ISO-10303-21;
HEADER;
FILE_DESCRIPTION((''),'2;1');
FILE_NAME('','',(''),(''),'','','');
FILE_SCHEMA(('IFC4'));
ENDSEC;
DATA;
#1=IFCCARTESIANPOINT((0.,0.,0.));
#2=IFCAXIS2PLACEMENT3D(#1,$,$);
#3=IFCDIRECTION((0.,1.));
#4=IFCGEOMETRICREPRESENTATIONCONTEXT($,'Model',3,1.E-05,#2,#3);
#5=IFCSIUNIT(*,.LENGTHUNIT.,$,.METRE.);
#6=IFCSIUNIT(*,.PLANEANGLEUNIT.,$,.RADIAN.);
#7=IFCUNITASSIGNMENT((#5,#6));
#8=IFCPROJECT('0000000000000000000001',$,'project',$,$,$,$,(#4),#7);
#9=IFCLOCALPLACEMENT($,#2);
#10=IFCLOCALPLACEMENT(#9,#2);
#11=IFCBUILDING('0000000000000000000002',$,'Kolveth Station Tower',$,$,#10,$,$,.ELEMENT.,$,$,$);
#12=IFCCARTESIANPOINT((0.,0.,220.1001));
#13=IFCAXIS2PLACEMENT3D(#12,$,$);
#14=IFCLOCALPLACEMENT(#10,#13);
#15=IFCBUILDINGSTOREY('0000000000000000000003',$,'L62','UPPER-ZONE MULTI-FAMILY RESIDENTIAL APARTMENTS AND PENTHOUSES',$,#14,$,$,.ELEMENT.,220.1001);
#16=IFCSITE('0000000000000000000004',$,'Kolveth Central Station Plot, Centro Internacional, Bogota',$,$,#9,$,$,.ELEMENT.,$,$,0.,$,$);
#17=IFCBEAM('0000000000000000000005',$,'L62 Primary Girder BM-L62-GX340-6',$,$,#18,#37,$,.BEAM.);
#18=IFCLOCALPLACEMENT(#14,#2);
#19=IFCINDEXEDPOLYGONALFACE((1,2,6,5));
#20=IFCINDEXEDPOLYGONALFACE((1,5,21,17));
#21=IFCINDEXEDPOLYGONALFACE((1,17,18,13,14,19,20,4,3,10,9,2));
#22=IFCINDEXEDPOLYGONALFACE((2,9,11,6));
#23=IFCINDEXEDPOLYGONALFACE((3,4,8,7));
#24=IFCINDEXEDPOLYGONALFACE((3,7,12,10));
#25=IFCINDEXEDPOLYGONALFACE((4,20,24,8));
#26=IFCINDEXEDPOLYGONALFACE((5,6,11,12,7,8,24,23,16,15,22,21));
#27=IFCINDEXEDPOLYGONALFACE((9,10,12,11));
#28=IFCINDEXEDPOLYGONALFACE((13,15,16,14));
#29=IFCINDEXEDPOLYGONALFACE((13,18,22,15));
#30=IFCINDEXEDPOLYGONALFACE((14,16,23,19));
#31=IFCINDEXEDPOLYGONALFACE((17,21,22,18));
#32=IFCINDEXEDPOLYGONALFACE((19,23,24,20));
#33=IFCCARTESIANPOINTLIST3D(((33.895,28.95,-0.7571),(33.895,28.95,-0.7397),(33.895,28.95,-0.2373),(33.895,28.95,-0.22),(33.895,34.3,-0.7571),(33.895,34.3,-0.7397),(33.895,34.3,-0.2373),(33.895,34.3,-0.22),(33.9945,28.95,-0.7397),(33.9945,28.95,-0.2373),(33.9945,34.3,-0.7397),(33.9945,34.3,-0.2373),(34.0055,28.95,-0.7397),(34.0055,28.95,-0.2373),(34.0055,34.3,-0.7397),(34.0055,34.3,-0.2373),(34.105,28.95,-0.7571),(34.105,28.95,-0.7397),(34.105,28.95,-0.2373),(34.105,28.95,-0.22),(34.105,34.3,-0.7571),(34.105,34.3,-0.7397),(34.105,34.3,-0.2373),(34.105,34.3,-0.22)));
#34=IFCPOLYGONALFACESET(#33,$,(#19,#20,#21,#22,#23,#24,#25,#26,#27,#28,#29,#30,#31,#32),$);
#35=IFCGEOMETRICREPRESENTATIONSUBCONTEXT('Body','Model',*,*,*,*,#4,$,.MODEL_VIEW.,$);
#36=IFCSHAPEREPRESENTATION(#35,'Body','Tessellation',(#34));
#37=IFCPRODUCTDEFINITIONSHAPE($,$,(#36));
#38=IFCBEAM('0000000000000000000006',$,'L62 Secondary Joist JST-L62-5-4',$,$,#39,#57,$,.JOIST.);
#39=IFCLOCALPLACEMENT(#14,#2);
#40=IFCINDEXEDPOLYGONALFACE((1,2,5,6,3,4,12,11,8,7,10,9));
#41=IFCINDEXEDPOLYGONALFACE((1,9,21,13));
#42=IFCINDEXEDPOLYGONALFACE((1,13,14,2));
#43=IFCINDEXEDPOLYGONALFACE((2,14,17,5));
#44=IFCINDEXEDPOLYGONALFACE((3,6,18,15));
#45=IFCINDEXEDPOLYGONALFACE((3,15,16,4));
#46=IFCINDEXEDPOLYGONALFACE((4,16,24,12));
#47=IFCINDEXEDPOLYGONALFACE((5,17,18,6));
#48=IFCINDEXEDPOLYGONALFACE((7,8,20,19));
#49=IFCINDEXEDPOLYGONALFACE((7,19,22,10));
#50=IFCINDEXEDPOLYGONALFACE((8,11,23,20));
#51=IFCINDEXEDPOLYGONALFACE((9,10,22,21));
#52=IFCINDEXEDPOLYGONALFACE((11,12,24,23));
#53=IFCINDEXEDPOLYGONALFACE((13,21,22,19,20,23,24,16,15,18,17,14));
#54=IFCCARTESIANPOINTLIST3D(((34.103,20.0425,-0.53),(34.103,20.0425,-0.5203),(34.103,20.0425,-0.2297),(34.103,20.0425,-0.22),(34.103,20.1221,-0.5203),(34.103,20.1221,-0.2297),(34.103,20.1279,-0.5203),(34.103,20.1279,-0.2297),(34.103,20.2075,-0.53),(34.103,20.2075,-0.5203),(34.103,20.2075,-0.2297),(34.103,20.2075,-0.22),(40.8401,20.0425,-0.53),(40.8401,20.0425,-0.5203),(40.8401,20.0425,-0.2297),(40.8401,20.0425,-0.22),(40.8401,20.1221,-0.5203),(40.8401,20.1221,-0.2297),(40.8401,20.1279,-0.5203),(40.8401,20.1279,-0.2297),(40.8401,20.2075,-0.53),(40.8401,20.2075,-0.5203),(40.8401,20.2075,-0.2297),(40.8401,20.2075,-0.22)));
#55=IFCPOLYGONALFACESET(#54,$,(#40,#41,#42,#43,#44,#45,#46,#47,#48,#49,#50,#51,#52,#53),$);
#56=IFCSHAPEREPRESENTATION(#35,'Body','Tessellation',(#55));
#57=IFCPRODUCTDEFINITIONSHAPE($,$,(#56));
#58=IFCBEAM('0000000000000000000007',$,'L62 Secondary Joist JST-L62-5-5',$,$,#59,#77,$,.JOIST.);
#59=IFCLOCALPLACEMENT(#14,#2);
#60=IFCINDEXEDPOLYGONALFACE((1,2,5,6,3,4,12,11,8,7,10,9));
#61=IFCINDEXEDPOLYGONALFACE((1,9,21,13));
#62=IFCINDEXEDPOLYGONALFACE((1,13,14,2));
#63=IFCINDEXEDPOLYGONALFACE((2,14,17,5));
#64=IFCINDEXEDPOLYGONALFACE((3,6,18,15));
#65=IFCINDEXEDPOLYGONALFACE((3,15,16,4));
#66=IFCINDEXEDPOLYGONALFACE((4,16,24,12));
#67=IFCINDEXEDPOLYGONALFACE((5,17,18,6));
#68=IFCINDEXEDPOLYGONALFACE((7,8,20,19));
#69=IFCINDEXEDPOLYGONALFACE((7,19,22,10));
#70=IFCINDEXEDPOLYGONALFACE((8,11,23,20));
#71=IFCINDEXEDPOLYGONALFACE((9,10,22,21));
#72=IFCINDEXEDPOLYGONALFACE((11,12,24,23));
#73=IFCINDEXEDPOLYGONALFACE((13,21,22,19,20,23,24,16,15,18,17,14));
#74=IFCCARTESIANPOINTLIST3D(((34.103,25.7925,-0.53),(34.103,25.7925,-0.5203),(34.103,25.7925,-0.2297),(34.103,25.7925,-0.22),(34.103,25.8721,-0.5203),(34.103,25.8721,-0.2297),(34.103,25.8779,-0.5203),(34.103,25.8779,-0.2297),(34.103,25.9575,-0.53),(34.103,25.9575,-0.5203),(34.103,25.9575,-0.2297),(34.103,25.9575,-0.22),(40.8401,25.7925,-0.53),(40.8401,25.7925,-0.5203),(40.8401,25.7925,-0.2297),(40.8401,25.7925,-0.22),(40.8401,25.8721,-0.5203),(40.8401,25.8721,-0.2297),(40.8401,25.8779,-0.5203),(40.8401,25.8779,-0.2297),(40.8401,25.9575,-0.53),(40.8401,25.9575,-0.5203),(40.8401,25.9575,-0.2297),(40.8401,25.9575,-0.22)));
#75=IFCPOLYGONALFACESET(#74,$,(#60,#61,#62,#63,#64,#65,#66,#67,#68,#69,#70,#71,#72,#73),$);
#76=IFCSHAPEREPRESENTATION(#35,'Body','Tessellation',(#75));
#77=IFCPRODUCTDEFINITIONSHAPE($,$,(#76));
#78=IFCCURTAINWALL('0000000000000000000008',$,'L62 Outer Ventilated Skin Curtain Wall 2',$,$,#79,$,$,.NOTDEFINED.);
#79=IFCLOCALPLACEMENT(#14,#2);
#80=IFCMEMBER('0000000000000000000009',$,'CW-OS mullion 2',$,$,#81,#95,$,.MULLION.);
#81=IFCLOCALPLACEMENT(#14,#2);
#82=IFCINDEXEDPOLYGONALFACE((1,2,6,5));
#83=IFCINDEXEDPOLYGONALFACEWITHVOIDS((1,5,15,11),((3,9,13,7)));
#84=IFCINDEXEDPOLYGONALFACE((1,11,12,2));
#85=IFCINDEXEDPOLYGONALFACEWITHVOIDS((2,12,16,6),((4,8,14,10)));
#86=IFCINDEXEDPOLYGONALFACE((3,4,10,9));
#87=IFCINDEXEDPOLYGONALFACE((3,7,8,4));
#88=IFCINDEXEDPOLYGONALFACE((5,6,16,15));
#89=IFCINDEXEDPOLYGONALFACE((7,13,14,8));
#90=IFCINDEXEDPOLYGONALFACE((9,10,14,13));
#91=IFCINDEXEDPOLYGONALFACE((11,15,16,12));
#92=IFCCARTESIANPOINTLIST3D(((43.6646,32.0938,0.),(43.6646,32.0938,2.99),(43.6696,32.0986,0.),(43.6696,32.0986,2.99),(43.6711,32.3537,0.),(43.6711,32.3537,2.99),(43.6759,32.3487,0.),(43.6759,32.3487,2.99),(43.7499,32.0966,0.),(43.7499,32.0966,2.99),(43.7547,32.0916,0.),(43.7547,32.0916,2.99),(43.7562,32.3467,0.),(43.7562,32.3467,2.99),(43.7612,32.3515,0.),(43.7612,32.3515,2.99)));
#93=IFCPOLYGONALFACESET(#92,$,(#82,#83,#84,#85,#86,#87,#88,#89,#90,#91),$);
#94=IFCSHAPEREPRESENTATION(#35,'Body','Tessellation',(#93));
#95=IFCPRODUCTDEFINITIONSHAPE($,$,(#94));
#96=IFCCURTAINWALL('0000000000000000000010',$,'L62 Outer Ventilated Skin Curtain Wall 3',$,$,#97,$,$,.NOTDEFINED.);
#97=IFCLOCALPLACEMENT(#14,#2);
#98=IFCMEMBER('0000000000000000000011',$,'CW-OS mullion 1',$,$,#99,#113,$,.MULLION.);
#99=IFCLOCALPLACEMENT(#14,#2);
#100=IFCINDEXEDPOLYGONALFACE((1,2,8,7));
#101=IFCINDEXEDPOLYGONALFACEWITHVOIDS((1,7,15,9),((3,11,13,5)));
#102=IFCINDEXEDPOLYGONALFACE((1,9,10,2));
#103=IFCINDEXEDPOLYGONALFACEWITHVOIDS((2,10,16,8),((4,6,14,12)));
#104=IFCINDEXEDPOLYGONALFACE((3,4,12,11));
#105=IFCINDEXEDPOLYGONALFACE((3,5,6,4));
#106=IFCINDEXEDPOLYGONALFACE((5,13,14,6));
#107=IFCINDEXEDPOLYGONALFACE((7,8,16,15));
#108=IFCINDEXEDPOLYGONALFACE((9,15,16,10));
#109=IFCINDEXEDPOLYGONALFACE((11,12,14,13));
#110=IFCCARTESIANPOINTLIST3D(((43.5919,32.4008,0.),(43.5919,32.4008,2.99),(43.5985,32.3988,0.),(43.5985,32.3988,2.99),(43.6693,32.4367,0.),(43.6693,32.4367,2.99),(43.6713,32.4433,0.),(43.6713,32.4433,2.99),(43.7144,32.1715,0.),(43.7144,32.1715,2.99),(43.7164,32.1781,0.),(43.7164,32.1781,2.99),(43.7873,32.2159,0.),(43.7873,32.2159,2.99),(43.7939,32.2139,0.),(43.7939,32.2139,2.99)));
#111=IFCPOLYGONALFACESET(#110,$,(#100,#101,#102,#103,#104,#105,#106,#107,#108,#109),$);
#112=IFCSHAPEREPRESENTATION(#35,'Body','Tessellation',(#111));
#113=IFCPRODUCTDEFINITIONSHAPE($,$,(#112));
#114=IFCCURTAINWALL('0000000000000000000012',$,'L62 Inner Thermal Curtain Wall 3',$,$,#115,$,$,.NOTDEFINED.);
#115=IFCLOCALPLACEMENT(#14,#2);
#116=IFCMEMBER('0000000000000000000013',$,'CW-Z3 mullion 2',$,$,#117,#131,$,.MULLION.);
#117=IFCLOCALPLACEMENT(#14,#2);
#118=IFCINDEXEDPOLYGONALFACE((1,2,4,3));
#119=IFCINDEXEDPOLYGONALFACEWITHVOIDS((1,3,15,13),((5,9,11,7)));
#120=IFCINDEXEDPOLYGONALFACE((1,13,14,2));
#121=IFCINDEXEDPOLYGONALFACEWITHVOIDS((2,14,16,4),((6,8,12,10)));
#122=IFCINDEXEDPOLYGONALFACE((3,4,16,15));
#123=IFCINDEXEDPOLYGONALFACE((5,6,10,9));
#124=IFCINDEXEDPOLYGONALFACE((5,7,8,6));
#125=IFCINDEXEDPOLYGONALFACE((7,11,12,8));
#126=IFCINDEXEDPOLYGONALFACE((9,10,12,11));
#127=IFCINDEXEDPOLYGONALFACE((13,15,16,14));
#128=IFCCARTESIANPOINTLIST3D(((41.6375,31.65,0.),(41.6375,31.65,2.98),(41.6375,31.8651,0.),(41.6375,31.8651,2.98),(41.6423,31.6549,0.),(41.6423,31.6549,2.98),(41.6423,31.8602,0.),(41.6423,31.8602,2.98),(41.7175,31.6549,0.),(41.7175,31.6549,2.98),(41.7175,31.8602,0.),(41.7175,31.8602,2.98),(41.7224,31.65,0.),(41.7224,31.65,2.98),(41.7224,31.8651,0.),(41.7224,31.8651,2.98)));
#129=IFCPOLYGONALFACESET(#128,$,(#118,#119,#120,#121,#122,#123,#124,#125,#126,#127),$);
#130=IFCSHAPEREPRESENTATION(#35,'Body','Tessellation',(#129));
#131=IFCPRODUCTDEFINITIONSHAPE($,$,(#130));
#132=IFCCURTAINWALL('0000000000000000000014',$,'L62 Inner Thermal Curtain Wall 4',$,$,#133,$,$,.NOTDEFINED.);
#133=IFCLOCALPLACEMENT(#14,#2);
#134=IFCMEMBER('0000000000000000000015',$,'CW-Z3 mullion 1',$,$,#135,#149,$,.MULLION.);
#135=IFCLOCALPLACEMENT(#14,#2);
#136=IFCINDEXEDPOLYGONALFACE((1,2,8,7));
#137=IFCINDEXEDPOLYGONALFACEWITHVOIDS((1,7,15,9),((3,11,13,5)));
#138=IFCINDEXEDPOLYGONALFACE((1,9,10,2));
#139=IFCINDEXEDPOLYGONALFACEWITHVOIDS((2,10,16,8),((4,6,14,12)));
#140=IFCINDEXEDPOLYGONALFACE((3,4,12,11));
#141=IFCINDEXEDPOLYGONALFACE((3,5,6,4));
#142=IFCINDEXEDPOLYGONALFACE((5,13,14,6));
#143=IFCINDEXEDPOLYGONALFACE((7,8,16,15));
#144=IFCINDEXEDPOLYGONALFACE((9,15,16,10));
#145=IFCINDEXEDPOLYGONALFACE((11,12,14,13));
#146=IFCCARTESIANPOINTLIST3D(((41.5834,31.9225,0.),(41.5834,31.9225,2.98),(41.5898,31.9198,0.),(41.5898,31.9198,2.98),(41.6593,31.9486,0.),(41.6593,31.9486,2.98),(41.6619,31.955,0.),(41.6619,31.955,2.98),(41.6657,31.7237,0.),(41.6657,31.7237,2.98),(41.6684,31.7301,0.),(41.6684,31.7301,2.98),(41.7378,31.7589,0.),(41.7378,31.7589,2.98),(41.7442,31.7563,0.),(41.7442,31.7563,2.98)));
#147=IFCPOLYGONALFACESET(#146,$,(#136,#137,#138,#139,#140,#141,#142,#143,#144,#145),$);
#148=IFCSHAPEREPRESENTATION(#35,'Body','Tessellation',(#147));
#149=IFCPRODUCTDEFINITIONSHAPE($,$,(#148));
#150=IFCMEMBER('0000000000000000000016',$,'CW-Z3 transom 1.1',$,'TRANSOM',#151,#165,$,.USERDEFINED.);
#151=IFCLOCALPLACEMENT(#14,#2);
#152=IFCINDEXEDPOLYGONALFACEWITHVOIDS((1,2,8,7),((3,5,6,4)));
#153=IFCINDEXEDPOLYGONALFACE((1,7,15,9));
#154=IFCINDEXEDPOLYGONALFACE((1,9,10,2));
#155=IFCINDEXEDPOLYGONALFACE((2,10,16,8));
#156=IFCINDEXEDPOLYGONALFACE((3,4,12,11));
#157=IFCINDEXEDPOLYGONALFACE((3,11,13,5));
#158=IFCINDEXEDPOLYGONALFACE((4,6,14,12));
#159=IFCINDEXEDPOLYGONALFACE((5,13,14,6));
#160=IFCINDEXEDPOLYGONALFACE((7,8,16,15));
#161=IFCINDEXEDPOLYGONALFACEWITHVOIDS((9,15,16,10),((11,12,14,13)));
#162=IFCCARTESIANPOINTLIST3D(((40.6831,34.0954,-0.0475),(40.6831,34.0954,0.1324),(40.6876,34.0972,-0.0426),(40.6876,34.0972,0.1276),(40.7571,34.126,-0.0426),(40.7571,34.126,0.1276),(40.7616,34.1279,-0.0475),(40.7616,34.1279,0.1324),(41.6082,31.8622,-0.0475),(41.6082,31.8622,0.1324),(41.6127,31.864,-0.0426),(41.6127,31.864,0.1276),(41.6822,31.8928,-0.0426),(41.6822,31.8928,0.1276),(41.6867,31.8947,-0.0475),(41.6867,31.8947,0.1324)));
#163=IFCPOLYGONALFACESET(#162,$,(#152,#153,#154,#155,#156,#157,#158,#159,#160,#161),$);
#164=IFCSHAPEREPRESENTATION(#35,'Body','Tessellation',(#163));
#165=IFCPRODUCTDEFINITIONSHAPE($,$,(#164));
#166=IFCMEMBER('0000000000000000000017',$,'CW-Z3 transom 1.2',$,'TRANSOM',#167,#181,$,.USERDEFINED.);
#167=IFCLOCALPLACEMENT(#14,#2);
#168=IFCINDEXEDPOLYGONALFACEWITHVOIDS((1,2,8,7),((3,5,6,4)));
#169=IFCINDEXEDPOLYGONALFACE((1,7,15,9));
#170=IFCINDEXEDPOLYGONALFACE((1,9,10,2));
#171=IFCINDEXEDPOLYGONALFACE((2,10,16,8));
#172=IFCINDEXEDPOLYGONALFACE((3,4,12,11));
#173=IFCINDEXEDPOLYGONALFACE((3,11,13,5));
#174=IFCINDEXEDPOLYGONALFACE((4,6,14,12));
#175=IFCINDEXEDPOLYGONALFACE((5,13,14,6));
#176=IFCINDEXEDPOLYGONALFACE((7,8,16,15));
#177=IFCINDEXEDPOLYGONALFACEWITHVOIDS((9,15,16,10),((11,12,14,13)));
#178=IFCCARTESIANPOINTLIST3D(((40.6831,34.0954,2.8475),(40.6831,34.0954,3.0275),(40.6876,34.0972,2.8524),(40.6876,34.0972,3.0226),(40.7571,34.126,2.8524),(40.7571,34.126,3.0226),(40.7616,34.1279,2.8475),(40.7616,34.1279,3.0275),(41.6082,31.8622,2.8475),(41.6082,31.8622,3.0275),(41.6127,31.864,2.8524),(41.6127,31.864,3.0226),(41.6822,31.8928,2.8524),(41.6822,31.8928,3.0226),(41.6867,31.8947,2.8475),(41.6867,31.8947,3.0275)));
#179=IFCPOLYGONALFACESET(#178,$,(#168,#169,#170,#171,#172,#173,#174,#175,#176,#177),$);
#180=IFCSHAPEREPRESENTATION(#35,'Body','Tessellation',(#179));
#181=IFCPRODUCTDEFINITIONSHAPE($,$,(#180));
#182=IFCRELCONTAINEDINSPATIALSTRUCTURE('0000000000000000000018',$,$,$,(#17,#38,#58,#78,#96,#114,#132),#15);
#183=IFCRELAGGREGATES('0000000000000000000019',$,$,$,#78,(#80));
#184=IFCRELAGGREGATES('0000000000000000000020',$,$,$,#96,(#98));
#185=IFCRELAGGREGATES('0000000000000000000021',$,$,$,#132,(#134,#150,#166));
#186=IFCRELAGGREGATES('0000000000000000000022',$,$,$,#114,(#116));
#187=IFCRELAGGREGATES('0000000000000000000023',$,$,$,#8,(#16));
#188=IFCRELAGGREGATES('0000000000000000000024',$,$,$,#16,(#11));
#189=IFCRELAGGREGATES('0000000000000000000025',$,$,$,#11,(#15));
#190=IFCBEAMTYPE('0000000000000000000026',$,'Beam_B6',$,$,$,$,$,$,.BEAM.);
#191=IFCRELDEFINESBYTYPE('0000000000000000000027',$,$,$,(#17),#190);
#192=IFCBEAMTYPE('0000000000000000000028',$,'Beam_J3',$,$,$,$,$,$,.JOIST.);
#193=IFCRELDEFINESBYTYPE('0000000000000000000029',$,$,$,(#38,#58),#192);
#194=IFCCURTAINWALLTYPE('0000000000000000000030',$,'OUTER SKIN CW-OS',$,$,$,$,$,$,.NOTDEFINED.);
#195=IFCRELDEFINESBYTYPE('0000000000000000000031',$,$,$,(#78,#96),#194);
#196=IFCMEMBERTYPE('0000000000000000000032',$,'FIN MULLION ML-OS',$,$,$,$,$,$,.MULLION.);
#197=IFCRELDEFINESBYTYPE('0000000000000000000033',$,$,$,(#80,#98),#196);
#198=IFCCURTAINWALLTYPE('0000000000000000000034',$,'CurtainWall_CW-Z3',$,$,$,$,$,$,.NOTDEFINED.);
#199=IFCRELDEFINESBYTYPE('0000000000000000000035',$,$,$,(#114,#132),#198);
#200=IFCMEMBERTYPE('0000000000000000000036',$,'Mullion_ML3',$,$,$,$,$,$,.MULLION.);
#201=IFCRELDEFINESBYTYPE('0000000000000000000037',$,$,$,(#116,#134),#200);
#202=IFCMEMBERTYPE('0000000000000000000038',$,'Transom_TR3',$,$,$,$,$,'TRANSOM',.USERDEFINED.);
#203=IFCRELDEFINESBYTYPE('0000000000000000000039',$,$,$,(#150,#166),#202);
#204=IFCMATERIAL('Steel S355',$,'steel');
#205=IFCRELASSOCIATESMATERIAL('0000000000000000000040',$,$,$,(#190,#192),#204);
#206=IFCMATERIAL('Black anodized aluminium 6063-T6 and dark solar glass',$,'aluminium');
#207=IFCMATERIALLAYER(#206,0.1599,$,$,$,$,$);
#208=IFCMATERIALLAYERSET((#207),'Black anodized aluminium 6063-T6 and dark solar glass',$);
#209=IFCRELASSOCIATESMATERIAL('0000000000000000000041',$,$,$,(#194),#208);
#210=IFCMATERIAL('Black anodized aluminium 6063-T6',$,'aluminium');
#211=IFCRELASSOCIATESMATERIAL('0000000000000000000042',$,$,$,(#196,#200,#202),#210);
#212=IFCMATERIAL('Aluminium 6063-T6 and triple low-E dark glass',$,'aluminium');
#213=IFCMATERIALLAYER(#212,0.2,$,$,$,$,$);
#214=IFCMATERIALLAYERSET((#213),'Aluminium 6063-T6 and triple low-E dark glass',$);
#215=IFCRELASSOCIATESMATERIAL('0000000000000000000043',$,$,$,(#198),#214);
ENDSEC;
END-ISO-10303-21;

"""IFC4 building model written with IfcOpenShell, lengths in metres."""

from ifc_helpers import new_model, si_unit, direction, frame, origin, origin_2d, place, context, subcontext, project, spatial, hollow_rectangle, i_section, extrude, source, transform, mapped, material, layer, layer_set, material_profile, profile_set, type_object, element, aggregate, save


model = new_model("IFC4")

# Units and contexts
model_context = context("Model", 3, precision=1e-05, world=origin(), true_north=direction((0.0, 1.0)))
body_context = subcontext(model_context, "Body", "Model", "MODEL_VIEW")
ifc_project = project(units=[si_unit("LENGTHUNIT", "METRE"), si_unit("PLANEANGLEUNIT", "RADIAN")], contexts=[model_context])

# Site, building, storey
site_placement = place(None, origin())
site = spatial("IfcSite", under=ifc_project, at=site_placement, Name="Kolveth Central Station Plot, Centro Internacional, Bogota", CompositionType="ELEMENT", RefElevation=0.0)
building_placement = place(site_placement, origin())
building = spatial("IfcBuilding", under=site, at=building_placement, Name="Kolveth Station Tower", CompositionType="ELEMENT")
storey_placement = place(building_placement, frame((0.0, 0.0, 220.1001)))
storey = spatial("IfcBuildingStorey", under=building, at=storey_placement, Name="L62", Description="UPPER-ZONE MULTI-FAMILY RESIDENTIAL APARTMENTS AND PENTHOUSES", CompositionType="ELEMENT", Elevation=220.1001)

# Shared definitions
ifc_material_1 = material(Name="Steel S355", Category="steel")

# Beams
ifc_material_profile_1 = material_profile(ifc_material_1, i_section(OverallWidth=0.21, OverallDepth=0.5371, WebThickness=0.011, FlangeThickness=0.0173, at=origin_2d()), Name="W530x101")
ifc_profile_set_1 = profile_set([ifc_material_profile_1], Name="Steel S355")
beam_type_1 = type_object("IfcBeamType", Name="Beam_B6", PredefinedType="BEAM", material=ifc_profile_set_1)
shared_shape_1 = source(origin(), body_context, "Body", "SweptSolid", [
    extrude(i_section(OverallWidth=0.21, OverallDepth=0.5371, WebThickness=0.011, FlangeThickness=0.0173, at=origin_2d()), origin(), (0.0, 0.0, 1.0), 5.3501),
])
beam_1_placement = place(storey_placement, frame((34.0, 28.95, -0.4885), z_axis=(0.0, 1.0, 0.0), x_axis=(-1.0, 0.0, 0.0)))
element("IfcBeam", 1, at=beam_1_placement, inside=storey, type_object=beam_type_1, Name="L62 Primary Girder BM-L62-GX340-6", PredefinedType="BEAM", context=body_context, shape_type="MappedRepresentation", body=[
    mapped(shared_shape_1, transform((0.0, 0.0, 0.0), x_axis=(1.0, 0.0, 0.0), y_axis=(0.0, 1.0, 0.0), z_axis=(0.0, 0.0, 1.0), scale=1.0)),
])
ifc_material_profile_2 = material_profile(ifc_material_1, i_section(OverallWidth=0.165, OverallDepth=0.3101, WebThickness=0.0059, FlangeThickness=0.0098, at=origin_2d()), Name="W310x39")
ifc_profile_set_2 = profile_set([ifc_material_profile_2], Name="Steel S355")
beam_type_2 = type_object("IfcBeamType", Name="Beam_J3", PredefinedType="JOIST", material=ifc_profile_set_2)
shared_shape_2 = source(origin(), body_context, "Body", "SweptSolid", [
    extrude(i_section(OverallWidth=0.165, OverallDepth=0.3101, WebThickness=0.0059, FlangeThickness=0.0098, at=origin_2d()), origin(), (0.0, 0.0, 1.0), 6.7371),
])
for number, where, z_axis, x_axis, name in (
    (2, (34.103, 20.125, -0.375), (1.0, 0.0, 0.0), (0.0, 1.0, 0.0), "L62 Secondary Joist JST-L62-5-4"),
    (3, (34.103, 25.875, -0.375), (1.0, 0.0, 0.0), (0.0, 1.0, 0.0), "L62 Secondary Joist JST-L62-5-5"),
):
    element("IfcBeam", number, at=place(storey_placement, frame(where, z_axis=z_axis, x_axis=x_axis)), inside=storey, type_object=beam_type_2, Name=name, PredefinedType="JOIST", context=body_context, shape_type="MappedRepresentation", body=[
        mapped(shared_shape_2, transform((0.0, 0.0, 0.0), x_axis=(1.0, 0.0, 0.0), y_axis=(0.0, 1.0, 0.0), z_axis=(0.0, 0.0, 1.0), scale=1.0)),
    ])

# Curtain walls, members
ifc_material_2 = material(Name="Black anodized aluminium 6063-T6 and dark solar glass", Category="aluminium")
ifc_layer_1 = layer(ifc_material_2, 0.1599)
ifc_layer_set_1 = layer_set([ifc_layer_1], Name="Black anodized aluminium 6063-T6 and dark solar glass")
curtain_wall_type_1 = type_object("IfcCurtainWallType", Name="OUTER SKIN CW-OS", PredefinedType="NOTDEFINED", material=ifc_layer_set_1)
curtain_wall_1_placement = place(storey_placement, origin())
curtain_wall_1 = element("IfcCurtainWall", 4, at=curtain_wall_1_placement, inside=storey, type_object=curtain_wall_type_1, Name="L62 Outer Ventilated Skin Curtain Wall 2", PredefinedType="NOTDEFINED")
ifc_material_3 = material(Name="Black anodized aluminium 6063-T6", Category="aluminium")
ifc_material_profile_3 = material_profile(ifc_material_3, hollow_rectangle(XDim=0.0901, YDim=0.26, WallThickness=0.0049, at=origin_2d()), Name="ALU-90x260x5")
ifc_profile_set_3 = profile_set([ifc_material_profile_3], Name="Black anodized aluminium 6063-T6")
member_type_1 = type_object("IfcMemberType", Name="FIN MULLION ML-OS", PredefinedType="MULLION", material=ifc_profile_set_3)
shared_shape_3 = source(origin(), body_context, "Body", "SweptSolid", [
    extrude(hollow_rectangle(XDim=0.0901, YDim=0.26, WallThickness=0.0049, at=origin_2d()), origin(), (0.0, 0.0, 1.0), 2.99),
])
member_1_placement = place(storey_placement, frame((43.7129, 32.2227, 0.0), z_axis=(0.0, 0.0, 1.0), x_axis=(-0.999687, 0.025007, 0.0)))
member_1 = element("IfcMember", 5, at=member_1_placement, type_object=member_type_1, Name="CW-OS mullion 2", PredefinedType="MULLION", context=body_context, shape_type="MappedRepresentation", body=[
    mapped(shared_shape_3, transform((0.0, 0.0, 0.0), x_axis=(1.0, 0.0, 0.0), y_axis=(0.0, 1.0, 0.0), z_axis=(0.0, 0.0, 1.0), scale=1.0)),
])
aggregate(curtain_wall_1, [member_1])
curtain_wall_2_placement = place(storey_placement, origin())
curtain_wall_2 = element("IfcCurtainWall", 6, at=curtain_wall_2_placement, inside=storey, type_object=curtain_wall_type_1, Name="L62 Outer Ventilated Skin Curtain Wall 3", PredefinedType="NOTDEFINED")
member_2_placement = place(storey_placement, frame((43.6929, 32.3074, 0.0), z_axis=(0.0, 0.0, 1.0), x_axis=(-0.882019, -0.471215, 0.0)))
member_2 = element("IfcMember", 7, at=member_2_placement, type_object=member_type_1, Name="CW-OS mullion 1", PredefinedType="MULLION", context=body_context, shape_type="MappedRepresentation", body=[
    mapped(shared_shape_3, transform((0.0, 0.0, 0.0), x_axis=(1.0, 0.0, 0.0), y_axis=(0.0, 1.0, 0.0), z_axis=(0.0, 0.0, 1.0), scale=1.0)),
])
aggregate(curtain_wall_2, [member_2])
ifc_material_4 = material(Name="Aluminium 6063-T6 and triple low-E dark glass", Category="aluminium")
ifc_layer_2 = layer(ifc_material_4, 0.2)
ifc_layer_set_2 = layer_set([ifc_layer_2], Name="Aluminium 6063-T6 and triple low-E dark glass")
curtain_wall_type_2 = type_object("IfcCurtainWallType", Name="CurtainWall_CW-Z3", PredefinedType="NOTDEFINED", material=ifc_layer_set_2)
curtain_wall_3_placement = place(storey_placement, origin())
curtain_wall_3 = element("IfcCurtainWall", 8, at=curtain_wall_3_placement, inside=storey, type_object=curtain_wall_type_2, Name="L62 Inner Thermal Curtain Wall 3", PredefinedType="NOTDEFINED")
ifc_material_profile_4 = material_profile(ifc_material_3, hollow_rectangle(XDim=0.085, YDim=0.2151, WallThickness=0.0049, at=origin_2d()), Name="ALU-85x215x5")
ifc_profile_set_4 = profile_set([ifc_material_profile_4], Name="Black anodized aluminium 6063-T6")
member_type_2 = type_object("IfcMemberType", Name="Mullion_ML3", PredefinedType="MULLION", material=ifc_profile_set_4)
shared_shape_4 = source(origin(), body_context, "Body", "SweptSolid", [
    extrude(hollow_rectangle(XDim=0.085, YDim=0.2151, WallThickness=0.0049, at=origin_2d()), origin(), (0.0, 0.0, 1.0), 2.98),
])
member_3_placement = place(storey_placement, frame((41.6799, 31.7576, 0.0), z_axis=(0.0, 0.0, 1.0), x_axis=(-1.0, 0.0, 0.0)))
member_3 = element("IfcMember", 9, at=member_3_placement, type_object=member_type_2, Name="CW-Z3 mullion 2", PredefinedType="MULLION", context=body_context, shape_type="MappedRepresentation", body=[
    mapped(shared_shape_4, transform((0.0, 0.0, 0.0), x_axis=(1.0, 0.0, 0.0), y_axis=(0.0, 1.0, 0.0), z_axis=(0.0, 0.0, 1.0), scale=1.0)),
])

# Curtain wall, members
curtain_wall_4_placement = place(storey_placement, origin())
curtain_wall_4 = element("IfcCurtainWall", 10, at=curtain_wall_4_placement, inside=storey, type_object=curtain_wall_type_2, Name="L62 Inner Thermal Curtain Wall 4", PredefinedType="NOTDEFINED")
member_4_placement = place(storey_placement, frame((41.6638, 31.8394, 0.0), z_axis=(0.0, 0.0, 1.0), x_axis=(-0.923875, -0.382693, 0.0)))
member_4 = element("IfcMember", 11, at=member_4_placement, type_object=member_type_2, Name="CW-Z3 mullion 1", PredefinedType="MULLION", context=body_context, shape_type="MappedRepresentation", body=[
    mapped(shared_shape_4, transform((0.0, 0.0, 0.0), x_axis=(1.0, 0.0, 0.0), y_axis=(0.0, 1.0, 0.0), z_axis=(0.0, 0.0, 1.0), scale=1.0)),
])
ifc_material_profile_5 = material_profile(ifc_material_3, hollow_rectangle(XDim=0.085, YDim=0.1799, WallThickness=0.0049, at=origin_2d()), Name="ALU-85x180x5")
ifc_profile_set_5 = profile_set([ifc_material_profile_5], Name="Black anodized aluminium 6063-T6")
member_type_3 = type_object("IfcMemberType", Name="Transom_TR3", ElementType="TRANSOM", PredefinedType="USERDEFINED", material=ifc_profile_set_5)
shared_shape_5 = source(origin(), body_context, "Body", "SweptSolid", [
    extrude(hollow_rectangle(XDim=0.085, YDim=0.1799, WallThickness=0.0049, at=origin_2d()), origin(), (0.0, 0.0, 1.0), 2.4172),
])
member_5_placement = place(storey_placement, frame((41.6475, 31.8784, 0.0425), z_axis=(-0.3827, 0.923873, 0.0), x_axis=(-0.923873, -0.3827, 0.0)))
member_5 = element("IfcMember", 12, at=member_5_placement, type_object=member_type_3, Name="CW-Z3 transom 1.1", ObjectType="TRANSOM", PredefinedType="USERDEFINED", context=body_context, shape_type="MappedRepresentation", body=[
    mapped(shared_shape_5, transform((0.0, 0.0, 0.0), x_axis=(1.0, 0.0, 0.0), y_axis=(0.0, 1.0, 0.0), z_axis=(0.0, 0.0, 1.0), scale=1.0)),
])
member_6_placement = place(storey_placement, frame((41.6475, 31.8784, 2.9375), z_axis=(-0.3827, 0.923873, 0.0), x_axis=(-0.923873, -0.3827, 0.0)))
member_6 = element("IfcMember", 13, at=member_6_placement, type_object=member_type_3, Name="CW-Z3 transom 1.2", ObjectType="TRANSOM", PredefinedType="USERDEFINED", context=body_context, shape_type="MappedRepresentation", body=[
    mapped(shared_shape_5, transform((0.0, 0.0, 0.0), x_axis=(1.0, 0.0, 0.0), y_axis=(0.0, 1.0, 0.0), z_axis=(0.0, 0.0, 1.0), scale=1.0)),
])
aggregate(curtain_wall_4, [member_4, member_5, member_6])

aggregate(curtain_wall_3, [member_3])

save(model, "model.ifc")
